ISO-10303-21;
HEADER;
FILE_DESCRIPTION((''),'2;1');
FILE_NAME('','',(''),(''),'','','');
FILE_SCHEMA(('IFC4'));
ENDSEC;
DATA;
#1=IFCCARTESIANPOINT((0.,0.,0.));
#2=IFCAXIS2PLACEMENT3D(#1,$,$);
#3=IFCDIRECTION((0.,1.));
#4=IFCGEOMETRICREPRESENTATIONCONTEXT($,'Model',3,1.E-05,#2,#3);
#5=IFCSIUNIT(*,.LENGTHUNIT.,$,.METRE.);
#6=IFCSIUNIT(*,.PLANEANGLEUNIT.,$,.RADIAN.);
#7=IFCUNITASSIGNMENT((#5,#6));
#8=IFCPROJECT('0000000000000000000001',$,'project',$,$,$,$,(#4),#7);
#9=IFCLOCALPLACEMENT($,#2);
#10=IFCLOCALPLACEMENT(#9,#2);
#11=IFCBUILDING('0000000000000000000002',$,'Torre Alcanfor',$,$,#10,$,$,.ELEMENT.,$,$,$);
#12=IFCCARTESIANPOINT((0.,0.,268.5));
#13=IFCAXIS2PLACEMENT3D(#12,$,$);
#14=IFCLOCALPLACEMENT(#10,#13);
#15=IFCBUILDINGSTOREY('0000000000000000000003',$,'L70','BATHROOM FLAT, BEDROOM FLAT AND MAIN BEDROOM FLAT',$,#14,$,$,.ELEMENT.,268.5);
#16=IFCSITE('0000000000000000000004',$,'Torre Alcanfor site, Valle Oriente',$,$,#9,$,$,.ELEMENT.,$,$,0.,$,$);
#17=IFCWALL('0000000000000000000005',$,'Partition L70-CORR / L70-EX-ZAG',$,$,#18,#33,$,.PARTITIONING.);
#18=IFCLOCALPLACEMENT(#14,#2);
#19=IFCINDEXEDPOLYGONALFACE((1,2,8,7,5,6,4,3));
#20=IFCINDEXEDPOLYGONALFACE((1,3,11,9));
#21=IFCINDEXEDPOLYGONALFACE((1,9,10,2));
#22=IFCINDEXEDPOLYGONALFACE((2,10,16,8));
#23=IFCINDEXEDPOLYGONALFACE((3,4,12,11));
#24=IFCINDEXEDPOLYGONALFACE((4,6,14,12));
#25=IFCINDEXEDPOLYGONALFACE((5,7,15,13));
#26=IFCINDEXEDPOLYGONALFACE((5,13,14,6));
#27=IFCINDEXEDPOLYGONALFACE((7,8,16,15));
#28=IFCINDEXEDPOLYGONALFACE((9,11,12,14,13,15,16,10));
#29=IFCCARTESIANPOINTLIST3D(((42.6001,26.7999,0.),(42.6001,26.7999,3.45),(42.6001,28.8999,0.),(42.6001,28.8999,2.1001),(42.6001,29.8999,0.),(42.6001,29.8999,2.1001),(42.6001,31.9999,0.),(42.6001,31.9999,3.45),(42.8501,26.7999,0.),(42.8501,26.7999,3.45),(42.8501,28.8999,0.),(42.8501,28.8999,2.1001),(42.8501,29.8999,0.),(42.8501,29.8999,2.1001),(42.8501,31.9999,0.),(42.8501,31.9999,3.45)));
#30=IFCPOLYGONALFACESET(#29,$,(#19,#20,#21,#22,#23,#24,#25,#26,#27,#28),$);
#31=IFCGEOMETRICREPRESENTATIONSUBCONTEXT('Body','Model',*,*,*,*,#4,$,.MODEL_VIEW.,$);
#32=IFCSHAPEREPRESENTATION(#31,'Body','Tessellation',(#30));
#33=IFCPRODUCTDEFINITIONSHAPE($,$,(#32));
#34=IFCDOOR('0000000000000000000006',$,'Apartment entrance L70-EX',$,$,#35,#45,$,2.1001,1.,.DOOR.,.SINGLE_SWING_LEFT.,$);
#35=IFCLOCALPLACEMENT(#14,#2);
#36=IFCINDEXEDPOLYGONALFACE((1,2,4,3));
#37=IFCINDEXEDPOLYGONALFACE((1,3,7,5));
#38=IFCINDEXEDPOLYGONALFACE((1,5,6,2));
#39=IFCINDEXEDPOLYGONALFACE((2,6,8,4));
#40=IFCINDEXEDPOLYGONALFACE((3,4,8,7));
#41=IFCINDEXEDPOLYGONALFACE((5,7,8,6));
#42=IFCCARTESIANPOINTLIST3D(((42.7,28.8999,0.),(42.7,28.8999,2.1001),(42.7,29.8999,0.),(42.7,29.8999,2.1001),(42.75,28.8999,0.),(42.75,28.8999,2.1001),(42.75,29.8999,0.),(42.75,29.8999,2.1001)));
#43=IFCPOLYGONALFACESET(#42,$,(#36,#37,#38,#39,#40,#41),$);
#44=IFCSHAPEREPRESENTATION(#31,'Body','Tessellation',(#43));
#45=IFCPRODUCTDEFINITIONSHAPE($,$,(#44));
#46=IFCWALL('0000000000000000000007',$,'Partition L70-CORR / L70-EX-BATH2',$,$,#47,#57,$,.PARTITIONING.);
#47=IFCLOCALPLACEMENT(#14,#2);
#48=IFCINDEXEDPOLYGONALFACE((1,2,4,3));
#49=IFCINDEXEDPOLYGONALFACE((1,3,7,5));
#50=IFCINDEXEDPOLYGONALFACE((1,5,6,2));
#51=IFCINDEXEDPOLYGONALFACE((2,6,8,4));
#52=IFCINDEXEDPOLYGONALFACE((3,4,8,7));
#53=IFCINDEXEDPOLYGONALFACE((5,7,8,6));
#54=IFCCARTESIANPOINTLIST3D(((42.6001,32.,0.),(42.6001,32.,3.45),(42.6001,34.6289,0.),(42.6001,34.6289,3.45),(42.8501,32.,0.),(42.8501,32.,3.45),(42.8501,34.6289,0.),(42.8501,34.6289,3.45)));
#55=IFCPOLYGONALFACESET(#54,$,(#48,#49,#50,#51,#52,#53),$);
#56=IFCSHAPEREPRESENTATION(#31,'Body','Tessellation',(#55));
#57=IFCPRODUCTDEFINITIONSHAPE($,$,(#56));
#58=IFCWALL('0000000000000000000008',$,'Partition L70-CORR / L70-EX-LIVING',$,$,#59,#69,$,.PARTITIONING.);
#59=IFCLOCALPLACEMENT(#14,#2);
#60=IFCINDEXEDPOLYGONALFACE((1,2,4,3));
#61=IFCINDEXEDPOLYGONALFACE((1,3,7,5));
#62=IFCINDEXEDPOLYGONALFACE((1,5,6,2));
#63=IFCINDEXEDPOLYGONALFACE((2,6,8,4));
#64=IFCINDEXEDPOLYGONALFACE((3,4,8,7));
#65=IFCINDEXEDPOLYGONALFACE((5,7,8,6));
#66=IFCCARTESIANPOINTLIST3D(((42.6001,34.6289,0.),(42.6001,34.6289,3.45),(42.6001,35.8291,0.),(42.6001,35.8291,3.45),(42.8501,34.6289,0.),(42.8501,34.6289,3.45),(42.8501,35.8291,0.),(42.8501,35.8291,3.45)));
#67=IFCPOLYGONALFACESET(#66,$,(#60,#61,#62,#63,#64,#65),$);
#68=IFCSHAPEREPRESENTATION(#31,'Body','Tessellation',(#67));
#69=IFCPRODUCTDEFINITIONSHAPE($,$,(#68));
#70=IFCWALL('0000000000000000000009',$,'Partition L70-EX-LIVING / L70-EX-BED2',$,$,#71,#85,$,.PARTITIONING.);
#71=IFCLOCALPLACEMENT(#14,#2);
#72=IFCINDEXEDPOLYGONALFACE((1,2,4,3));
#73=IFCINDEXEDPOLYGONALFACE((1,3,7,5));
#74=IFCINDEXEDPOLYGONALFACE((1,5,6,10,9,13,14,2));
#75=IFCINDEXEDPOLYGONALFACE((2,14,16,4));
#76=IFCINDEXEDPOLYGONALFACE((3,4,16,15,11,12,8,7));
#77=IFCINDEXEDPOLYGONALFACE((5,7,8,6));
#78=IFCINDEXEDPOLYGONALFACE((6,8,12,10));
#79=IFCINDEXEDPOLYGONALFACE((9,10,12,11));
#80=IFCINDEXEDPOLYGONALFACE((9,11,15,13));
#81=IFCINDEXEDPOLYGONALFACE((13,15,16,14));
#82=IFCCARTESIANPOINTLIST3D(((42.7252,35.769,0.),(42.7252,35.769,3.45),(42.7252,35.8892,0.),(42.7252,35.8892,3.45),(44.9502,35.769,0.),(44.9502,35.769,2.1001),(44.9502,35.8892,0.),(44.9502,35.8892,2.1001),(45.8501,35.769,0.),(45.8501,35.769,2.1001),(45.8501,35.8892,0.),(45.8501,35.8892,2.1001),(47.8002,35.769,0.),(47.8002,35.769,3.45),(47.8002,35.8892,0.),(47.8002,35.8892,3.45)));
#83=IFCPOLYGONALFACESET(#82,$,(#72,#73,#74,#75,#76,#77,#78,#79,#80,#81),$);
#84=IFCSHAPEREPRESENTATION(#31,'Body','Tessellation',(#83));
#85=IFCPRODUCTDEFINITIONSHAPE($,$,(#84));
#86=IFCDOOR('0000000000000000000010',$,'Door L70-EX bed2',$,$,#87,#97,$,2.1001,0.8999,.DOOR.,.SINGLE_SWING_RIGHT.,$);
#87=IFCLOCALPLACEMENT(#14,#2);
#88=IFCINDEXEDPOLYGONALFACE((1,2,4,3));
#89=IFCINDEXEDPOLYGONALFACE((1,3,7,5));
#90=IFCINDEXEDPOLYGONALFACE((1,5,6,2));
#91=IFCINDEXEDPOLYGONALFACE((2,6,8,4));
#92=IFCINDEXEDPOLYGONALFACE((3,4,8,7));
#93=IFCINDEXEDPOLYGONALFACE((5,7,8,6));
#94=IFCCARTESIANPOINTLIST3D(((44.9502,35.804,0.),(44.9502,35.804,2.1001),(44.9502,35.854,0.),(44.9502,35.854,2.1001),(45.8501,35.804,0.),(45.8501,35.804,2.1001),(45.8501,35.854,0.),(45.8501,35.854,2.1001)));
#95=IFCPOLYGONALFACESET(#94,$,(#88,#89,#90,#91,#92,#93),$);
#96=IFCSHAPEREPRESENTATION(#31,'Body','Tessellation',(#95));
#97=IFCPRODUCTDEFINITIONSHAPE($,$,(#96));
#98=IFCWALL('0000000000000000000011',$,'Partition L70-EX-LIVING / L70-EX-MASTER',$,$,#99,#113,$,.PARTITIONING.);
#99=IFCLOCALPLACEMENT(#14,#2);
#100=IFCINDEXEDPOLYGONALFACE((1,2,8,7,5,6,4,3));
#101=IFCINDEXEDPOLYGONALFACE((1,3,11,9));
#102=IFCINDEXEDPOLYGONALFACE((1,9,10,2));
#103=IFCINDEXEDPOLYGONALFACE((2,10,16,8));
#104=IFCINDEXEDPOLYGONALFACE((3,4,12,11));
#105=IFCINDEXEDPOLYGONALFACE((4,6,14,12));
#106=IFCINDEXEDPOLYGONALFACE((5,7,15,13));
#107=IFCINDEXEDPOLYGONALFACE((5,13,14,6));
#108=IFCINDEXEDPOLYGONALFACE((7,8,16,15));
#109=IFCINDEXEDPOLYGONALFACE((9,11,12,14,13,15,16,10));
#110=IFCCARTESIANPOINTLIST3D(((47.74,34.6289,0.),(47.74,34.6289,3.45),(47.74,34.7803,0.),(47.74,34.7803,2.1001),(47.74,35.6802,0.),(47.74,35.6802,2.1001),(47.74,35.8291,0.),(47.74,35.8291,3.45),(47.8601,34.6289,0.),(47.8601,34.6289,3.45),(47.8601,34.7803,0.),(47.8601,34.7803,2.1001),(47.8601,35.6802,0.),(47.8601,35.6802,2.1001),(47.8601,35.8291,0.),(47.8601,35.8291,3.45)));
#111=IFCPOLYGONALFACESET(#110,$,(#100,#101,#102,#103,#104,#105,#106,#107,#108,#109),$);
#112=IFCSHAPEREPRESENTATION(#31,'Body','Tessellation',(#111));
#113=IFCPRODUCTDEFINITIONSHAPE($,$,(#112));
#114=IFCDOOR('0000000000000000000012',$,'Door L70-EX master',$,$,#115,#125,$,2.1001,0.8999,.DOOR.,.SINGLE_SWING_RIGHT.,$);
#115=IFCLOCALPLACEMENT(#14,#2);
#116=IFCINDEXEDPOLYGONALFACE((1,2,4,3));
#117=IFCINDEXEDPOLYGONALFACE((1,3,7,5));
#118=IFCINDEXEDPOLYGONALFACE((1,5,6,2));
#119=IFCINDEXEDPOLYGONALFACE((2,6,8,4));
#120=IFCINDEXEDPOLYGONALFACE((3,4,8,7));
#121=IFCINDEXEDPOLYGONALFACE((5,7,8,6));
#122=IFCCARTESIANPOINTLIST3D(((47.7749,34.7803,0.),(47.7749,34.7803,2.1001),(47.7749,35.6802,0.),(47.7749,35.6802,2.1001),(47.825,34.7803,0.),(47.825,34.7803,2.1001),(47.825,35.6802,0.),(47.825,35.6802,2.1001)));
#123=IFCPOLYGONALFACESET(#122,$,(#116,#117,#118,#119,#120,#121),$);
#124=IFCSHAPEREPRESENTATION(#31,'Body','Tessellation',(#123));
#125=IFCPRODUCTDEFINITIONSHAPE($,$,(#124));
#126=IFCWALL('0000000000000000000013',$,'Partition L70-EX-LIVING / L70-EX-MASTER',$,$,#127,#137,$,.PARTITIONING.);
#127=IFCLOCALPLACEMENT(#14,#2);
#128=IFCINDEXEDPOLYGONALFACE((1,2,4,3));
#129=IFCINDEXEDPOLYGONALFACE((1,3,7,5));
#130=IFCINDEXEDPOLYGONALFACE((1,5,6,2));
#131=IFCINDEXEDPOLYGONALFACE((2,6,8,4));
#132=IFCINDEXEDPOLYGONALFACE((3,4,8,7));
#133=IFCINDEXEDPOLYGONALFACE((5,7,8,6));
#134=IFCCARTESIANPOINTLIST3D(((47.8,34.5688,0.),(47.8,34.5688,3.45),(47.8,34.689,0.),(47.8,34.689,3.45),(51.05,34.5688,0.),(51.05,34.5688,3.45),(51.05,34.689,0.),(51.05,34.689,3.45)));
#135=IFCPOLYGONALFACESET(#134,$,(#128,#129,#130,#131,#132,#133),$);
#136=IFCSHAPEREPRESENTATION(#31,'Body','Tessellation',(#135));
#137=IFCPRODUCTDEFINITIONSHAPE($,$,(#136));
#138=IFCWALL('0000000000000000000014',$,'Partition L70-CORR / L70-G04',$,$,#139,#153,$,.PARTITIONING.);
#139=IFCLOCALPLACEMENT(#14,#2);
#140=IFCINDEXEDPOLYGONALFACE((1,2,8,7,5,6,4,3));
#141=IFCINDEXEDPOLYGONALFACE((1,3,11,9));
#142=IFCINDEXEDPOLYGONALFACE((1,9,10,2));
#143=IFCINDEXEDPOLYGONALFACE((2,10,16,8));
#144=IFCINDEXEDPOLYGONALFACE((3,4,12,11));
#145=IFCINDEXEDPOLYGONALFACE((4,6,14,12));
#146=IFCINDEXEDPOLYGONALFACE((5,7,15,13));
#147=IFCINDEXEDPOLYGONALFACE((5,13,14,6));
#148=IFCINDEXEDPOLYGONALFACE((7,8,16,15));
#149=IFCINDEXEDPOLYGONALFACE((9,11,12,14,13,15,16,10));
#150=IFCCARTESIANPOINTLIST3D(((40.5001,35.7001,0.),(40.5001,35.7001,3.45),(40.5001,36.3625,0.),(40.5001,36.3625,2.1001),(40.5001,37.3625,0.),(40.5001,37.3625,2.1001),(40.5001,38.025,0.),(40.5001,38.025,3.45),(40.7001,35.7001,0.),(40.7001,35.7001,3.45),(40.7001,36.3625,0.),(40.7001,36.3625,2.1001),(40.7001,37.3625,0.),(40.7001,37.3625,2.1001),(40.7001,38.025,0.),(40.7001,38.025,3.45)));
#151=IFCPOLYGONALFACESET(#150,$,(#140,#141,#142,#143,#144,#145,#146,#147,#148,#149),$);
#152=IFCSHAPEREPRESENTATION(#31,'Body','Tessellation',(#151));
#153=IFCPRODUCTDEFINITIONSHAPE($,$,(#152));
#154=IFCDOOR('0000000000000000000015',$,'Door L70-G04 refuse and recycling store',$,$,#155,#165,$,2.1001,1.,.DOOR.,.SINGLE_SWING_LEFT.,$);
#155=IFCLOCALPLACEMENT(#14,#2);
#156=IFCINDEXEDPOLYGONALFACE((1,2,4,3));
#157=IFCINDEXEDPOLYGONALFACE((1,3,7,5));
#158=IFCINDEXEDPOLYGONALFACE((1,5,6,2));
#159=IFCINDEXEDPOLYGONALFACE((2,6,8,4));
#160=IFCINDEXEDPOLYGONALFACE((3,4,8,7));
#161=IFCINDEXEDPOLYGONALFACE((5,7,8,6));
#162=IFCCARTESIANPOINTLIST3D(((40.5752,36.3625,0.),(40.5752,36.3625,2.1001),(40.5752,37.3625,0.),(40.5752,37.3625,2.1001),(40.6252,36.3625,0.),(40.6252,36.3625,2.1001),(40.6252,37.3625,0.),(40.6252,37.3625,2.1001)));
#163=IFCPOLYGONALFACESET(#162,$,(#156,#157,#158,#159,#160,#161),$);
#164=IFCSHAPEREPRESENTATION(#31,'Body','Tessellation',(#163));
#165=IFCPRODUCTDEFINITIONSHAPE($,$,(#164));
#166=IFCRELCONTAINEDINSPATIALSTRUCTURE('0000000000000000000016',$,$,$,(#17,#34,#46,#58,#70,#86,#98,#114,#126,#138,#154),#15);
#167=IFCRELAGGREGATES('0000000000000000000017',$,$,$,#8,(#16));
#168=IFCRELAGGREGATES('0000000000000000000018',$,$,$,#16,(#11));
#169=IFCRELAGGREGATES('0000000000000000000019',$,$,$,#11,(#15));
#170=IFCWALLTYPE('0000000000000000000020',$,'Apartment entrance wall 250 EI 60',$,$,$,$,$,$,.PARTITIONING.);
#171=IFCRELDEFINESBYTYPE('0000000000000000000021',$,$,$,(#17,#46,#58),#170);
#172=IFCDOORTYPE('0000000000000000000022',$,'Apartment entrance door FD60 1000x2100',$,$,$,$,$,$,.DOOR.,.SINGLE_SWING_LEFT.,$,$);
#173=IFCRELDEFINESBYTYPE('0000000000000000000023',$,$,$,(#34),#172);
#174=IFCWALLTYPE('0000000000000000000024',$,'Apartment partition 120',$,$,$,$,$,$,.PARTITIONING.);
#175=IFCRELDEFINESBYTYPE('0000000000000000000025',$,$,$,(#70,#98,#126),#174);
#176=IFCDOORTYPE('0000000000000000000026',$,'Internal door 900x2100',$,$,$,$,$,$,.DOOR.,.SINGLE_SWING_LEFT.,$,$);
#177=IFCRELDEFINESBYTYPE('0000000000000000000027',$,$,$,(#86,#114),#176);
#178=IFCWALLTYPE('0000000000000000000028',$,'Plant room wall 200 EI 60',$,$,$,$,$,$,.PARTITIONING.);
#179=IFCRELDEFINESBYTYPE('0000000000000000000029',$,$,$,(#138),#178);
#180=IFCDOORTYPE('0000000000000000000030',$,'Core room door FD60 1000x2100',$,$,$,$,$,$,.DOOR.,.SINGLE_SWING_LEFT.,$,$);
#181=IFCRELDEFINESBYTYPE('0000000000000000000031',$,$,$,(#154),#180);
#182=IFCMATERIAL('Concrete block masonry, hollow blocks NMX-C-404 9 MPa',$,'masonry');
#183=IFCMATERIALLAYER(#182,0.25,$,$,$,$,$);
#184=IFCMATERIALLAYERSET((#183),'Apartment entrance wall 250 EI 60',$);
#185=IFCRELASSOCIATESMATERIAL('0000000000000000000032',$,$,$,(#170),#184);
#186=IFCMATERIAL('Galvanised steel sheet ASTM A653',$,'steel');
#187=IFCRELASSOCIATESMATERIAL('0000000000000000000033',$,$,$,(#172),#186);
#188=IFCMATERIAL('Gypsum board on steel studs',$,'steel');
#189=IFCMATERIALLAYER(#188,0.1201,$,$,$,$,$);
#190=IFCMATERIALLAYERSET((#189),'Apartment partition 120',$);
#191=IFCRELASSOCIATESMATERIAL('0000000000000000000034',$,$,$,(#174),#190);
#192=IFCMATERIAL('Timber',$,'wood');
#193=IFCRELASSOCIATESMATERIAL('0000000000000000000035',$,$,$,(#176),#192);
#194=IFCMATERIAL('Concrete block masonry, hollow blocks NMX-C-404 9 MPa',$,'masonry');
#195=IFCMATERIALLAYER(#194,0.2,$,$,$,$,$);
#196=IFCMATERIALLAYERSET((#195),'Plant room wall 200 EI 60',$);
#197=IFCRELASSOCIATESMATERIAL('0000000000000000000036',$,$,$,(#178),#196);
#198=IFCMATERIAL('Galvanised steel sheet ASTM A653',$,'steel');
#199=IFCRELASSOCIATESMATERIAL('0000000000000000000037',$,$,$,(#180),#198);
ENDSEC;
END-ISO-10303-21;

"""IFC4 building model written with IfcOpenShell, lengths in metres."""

from ifc_helpers import new_model, si_unit, direction, frame, frame_2d, origin, place, context, subcontext, project, spatial, rectangle, extrude, material, layer, layer_set, type_object, element, fill, save


model = new_model("IFC4")

# Units and contexts
model_context = context("Model", 3, precision=1e-05, world=origin(), true_north=direction((0.0, 1.0)))
body_context = subcontext(model_context, "Body", "Model", "MODEL_VIEW")
ifc_project = project(units=[si_unit("LENGTHUNIT", "METRE"), si_unit("PLANEANGLEUNIT", "RADIAN")], contexts=[model_context])

# Site, building, storey
site_placement = place(None, origin())
site = spatial("IfcSite", under=ifc_project, at=site_placement, Name="Torre Alcanfor site, Valle Oriente", CompositionType="ELEMENT", RefElevation=0.0)
building_placement = place(site_placement, origin())
building = spatial("IfcBuilding", under=site, at=building_placement, Name="Torre Alcanfor", CompositionType="ELEMENT")
storey_placement = place(building_placement, frame((0.0, 0.0, 268.5)))
storey = spatial("IfcBuildingStorey", under=building, at=storey_placement, Name="L70", Description="BATHROOM FLAT, BEDROOM FLAT AND MAIN BEDROOM FLAT", CompositionType="ELEMENT", Elevation=268.5)

# Wall, opening, door
ifc_material_1 = material(Name="Concrete block masonry, hollow blocks NMX-C-404 9 MPa", Category="masonry")
ifc_layer_1 = layer(ifc_material_1, 0.25)
ifc_layer_set_1 = layer_set([ifc_layer_1], Name="Apartment entrance wall 250 EI 60")
wall_type_1 = type_object("IfcWallType", Name="Apartment entrance wall 250 EI 60", PredefinedType="PARTITIONING", material=ifc_layer_set_1)
wall_1_placement = place(storey_placement, frame((42.7251, 32.0, 0.0), z_axis=(0.0, 0.0, 1.0), x_axis=(0.0, -1.0, 0.0)))
wall_1 = element("IfcWall", 1, at=wall_1_placement, inside=storey, type_object=wall_type_1, Name="Partition L70-CORR / L70-EX-ZAG", PredefinedType="PARTITIONING", context=body_context, shape_type="SweptSolid", body=[
    extrude(rectangle(XDim=5.2, YDim=0.25, at=frame_2d((2.6001, 0.0))), origin(), (0.0, 0.0, 1.0), 3.45),
])
opening_1_placement = place(wall_1_placement, frame((2.1001, 0.0, 0.0)))
opening_1 = element("IfcOpeningElement", 2, at=opening_1_placement, cuts=wall_1, PredefinedType="OPENING", context=body_context, shape_type="SweptSolid", body=[
    extrude(rectangle(XDim=1.0, YDim=2.1001, at=frame_2d((0.5, 1.05))), frame((0.0, 0.135, 0.0), z_axis=(0.0, -1.0, 0.0), x_axis=(1.0, 0.0, 0.0)), (0.0, 0.0, 1.0), 0.27),
])
ifc_material_2 = material(Name="Galvanised steel sheet ASTM A653", Category="steel")
door_type_1 = type_object("IfcDoorType", Name="Apartment entrance door FD60 1000x2100", OperationType="SINGLE_SWING_LEFT", PredefinedType="DOOR", material=ifc_material_2)
door_1_placement = place(opening_1_placement, origin())
door_1 = element("IfcDoor", 3, at=door_1_placement, inside=storey, type_object=door_type_1, Name="Apartment entrance L70-EX", OperationType="SINGLE_SWING_LEFT", OverallHeight=2.1001, OverallWidth=1.0, PredefinedType="DOOR", context=body_context, shape_type="SweptSolid", body=[
    extrude(rectangle(XDim=1.0, YDim=2.1001, at=frame_2d((0.5, 1.05))), frame((0.0, 0.0249, 0.0), z_axis=(0.0, -1.0, 0.0), x_axis=(1.0, 0.0, 0.0)), (0.0, 0.0, 1.0), 0.05),
])
fill(opening_1, door_1)

# Walls
wall_2_placement = place(storey_placement, frame((42.7251, 34.6289, 0.0), z_axis=(0.0, 0.0, 1.0), x_axis=(0.0, -1.0, 0.0)))
element("IfcWall", 4, at=wall_2_placement, inside=storey, type_object=wall_type_1, Name="Partition L70-CORR / L70-EX-BATH2", PredefinedType="PARTITIONING", context=body_context, shape_type="SweptSolid", body=[
    extrude(rectangle(XDim=2.6289, YDim=0.25, at=frame_2d((1.3145, 0.0))), origin(), (0.0, 0.0, 1.0), 3.45),
])
wall_3_placement = place(storey_placement, frame((42.7251, 35.8291, 0.0), z_axis=(0.0, 0.0, 1.0), x_axis=(0.0, -1.0, 0.0)))
element("IfcWall", 5, at=wall_3_placement, inside=storey, type_object=wall_type_1, Name="Partition L70-CORR / L70-EX-LIVING", PredefinedType="PARTITIONING", context=body_context, shape_type="SweptSolid", body=[
    extrude(rectangle(XDim=1.2002, YDim=0.25, at=frame_2d((0.6001, 0.0))), origin(), (0.0, 0.0, 1.0), 3.45),
])

# Walls, openings, doors
ifc_material_3 = material(Name="Gypsum board on steel studs", Category="steel")
ifc_layer_2 = layer(ifc_material_3, 0.1201)
ifc_layer_set_2 = layer_set([ifc_layer_2], Name="Apartment partition 120")
wall_type_2 = type_object("IfcWallType", Name="Apartment partition 120", PredefinedType="PARTITIONING", material=ifc_layer_set_2)
wall_4_placement = place(storey_placement, frame((42.7251, 35.8291, 0.0), z_axis=(0.0, 0.0, 1.0), x_axis=(1.0, 0.0, 0.0)))
wall_4 = element("IfcWall", 6, at=wall_4_placement, inside=storey, type_object=wall_type_2, Name="Partition L70-EX-LIVING / L70-EX-BED2", PredefinedType="PARTITIONING", context=body_context, shape_type="SweptSolid", body=[
    extrude(rectangle(XDim=5.075, YDim=0.1201, at=frame_2d((2.5376, 0.0))), origin(), (0.0, 0.0, 1.0), 3.45),
])
opening_2_placement = place(wall_4_placement, frame((2.2251, 0.0, 0.0)))
opening_2 = element("IfcOpeningElement", 7, at=opening_2_placement, cuts=wall_4, PredefinedType="OPENING", context=body_context, shape_type="SweptSolid", body=[
    extrude(rectangle(XDim=0.8999, YDim=2.1001, at=frame_2d((0.45, 1.05))), frame((0.0, 0.0701, 0.0), z_axis=(0.0, -1.0, 0.0), x_axis=(1.0, 0.0, 0.0)), (0.0, 0.0, 1.0), 0.1401),
])
ifc_material_4 = material(Name="Timber", Category="wood")
door_type_2 = type_object("IfcDoorType", Name="Internal door 900x2100", OperationType="SINGLE_SWING_LEFT", PredefinedType="DOOR", material=ifc_material_4)
door_2_placement = place(opening_2_placement, origin())
door_2 = element("IfcDoor", 8, at=door_2_placement, inside=storey, type_object=door_type_2, Name="Door L70-EX bed2", OperationType="SINGLE_SWING_RIGHT", OverallHeight=2.1001, OverallWidth=0.8999, PredefinedType="DOOR", context=body_context, shape_type="SweptSolid", body=[
    extrude(rectangle(XDim=0.8999, YDim=2.1001, at=frame_2d((0.45, 1.05))), frame((0.0, 0.0249, 0.0), z_axis=(0.0, -1.0, 0.0), x_axis=(1.0, 0.0, 0.0)), (0.0, 0.0, 1.0), 0.05),
])
fill(opening_2, door_2)
wall_5_placement = place(storey_placement, frame((47.8, 35.8291, 0.0), z_axis=(0.0, 0.0, 1.0), x_axis=(0.0, -1.0, 0.0)))
wall_5 = element("IfcWall", 9, at=wall_5_placement, inside=storey, type_object=wall_type_2, Name="Partition L70-EX-LIVING / L70-EX-MASTER", PredefinedType="PARTITIONING", context=body_context, shape_type="SweptSolid", body=[
    extrude(rectangle(XDim=1.2002, YDim=0.1201, at=frame_2d((0.6001, 0.0))), origin(), (0.0, 0.0, 1.0), 3.45),
])
opening_3_placement = place(wall_5_placement, frame((0.1489, 0.0, 0.0)))
opening_3 = element("IfcOpeningElement", 10, at=opening_3_placement, cuts=wall_5, PredefinedType="OPENING", context=body_context, shape_type="SweptSolid", body=[
    extrude(rectangle(XDim=0.8999, YDim=2.1001, at=frame_2d((0.45, 1.05))), frame((0.0, 0.0701, 0.0), z_axis=(0.0, -1.0, 0.0), x_axis=(1.0, 0.0, 0.0)), (0.0, 0.0, 1.0), 0.1401),
])
door_3_placement = place(opening_3_placement, origin())
door_3 = element("IfcDoor", 11, at=door_3_placement, inside=storey, type_object=door_type_2, Name="Door L70-EX master", OperationType="SINGLE_SWING_RIGHT", OverallHeight=2.1001, OverallWidth=0.8999, PredefinedType="DOOR", context=body_context, shape_type="SweptSolid", body=[
    extrude(rectangle(XDim=0.8999, YDim=2.1001, at=frame_2d((0.45, 1.05))), frame((0.0, 0.0249, 0.0), z_axis=(0.0, -1.0, 0.0), x_axis=(1.0, 0.0, 0.0)), (0.0, 0.0, 1.0), 0.05),
])
fill(opening_3, door_3)

# Wall
wall_6_placement = place(storey_placement, frame((47.8, 34.6289, 0.0), z_axis=(0.0, 0.0, 1.0), x_axis=(1.0, 0.0, 0.0)))
element("IfcWall", 12, at=wall_6_placement, inside=storey, type_object=wall_type_2, Name="Partition L70-EX-LIVING / L70-EX-MASTER", PredefinedType="PARTITIONING", context=body_context, shape_type="SweptSolid", body=[
    extrude(rectangle(XDim=3.25, YDim=0.1201, at=frame_2d((1.625, 0.0))), origin(), (0.0, 0.0, 1.0), 3.45),
])

# Wall, opening, door
ifc_material_5 = material(Name="Concrete block masonry, hollow blocks NMX-C-404 9 MPa", Category="masonry")
ifc_layer_3 = layer(ifc_material_5, 0.2)
ifc_layer_set_3 = layer_set([ifc_layer_3], Name="Plant room wall 200 EI 60")
wall_type_3 = type_object("IfcWallType", Name="Plant room wall 200 EI 60", PredefinedType="PARTITIONING", material=ifc_layer_set_3)
wall_7_placement = place(storey_placement, frame((40.6001, 35.7, 0.0), z_axis=(0.0, 0.0, 1.0), x_axis=(0.0, 1.0, 0.0)))
wall_7 = element("IfcWall", 13, at=wall_7_placement, inside=storey, type_object=wall_type_3, Name="Partition L70-CORR / L70-G04", PredefinedType="PARTITIONING", context=body_context, shape_type="SweptSolid", body=[
    extrude(rectangle(XDim=2.325, YDim=0.2, at=frame_2d((1.1626, 0.0))), origin(), (0.0, 0.0, 1.0), 3.45),
])
opening_4_placement = place(wall_7_placement, frame((0.6626, 0.0, 0.0)))
opening_4 = element("IfcOpeningElement", 14, at=opening_4_placement, cuts=wall_7, PredefinedType="OPENING", context=body_context, shape_type="SweptSolid", body=[
    extrude(rectangle(XDim=1.0, YDim=2.1001, at=frame_2d((0.5, 1.05))), frame((0.0, 0.1099, 0.0), z_axis=(0.0, -1.0, 0.0), x_axis=(1.0, 0.0, 0.0)), (0.0, 0.0, 1.0), 0.22),
])
ifc_material_6 = material(Name="Galvanised steel sheet ASTM A653", Category="steel")
door_type_3 = type_object("IfcDoorType", Name="Core room door FD60 1000x2100", OperationType="SINGLE_SWING_LEFT", PredefinedType="DOOR", material=ifc_material_6)
door_4_placement = place(opening_4_placement, origin())
door_4 = element("IfcDoor", 15, at=door_4_placement, inside=storey, type_object=door_type_3, Name="Door L70-G04 refuse and recycling store", OperationType="SINGLE_SWING_LEFT", OverallHeight=2.1001, OverallWidth=1.0, PredefinedType="DOOR", context=body_context, shape_type="SweptSolid", body=[
    extrude(rectangle(XDim=1.0, YDim=2.1001, at=frame_2d((0.5, 1.05))), frame((0.0, 0.0249, 0.0), z_axis=(0.0, -1.0, 0.0), x_axis=(1.0, 0.0, 0.0)), (0.0, 0.0, 1.0), 0.05),
])
fill(opening_4, door_4)

save(model, "model.ifc")
